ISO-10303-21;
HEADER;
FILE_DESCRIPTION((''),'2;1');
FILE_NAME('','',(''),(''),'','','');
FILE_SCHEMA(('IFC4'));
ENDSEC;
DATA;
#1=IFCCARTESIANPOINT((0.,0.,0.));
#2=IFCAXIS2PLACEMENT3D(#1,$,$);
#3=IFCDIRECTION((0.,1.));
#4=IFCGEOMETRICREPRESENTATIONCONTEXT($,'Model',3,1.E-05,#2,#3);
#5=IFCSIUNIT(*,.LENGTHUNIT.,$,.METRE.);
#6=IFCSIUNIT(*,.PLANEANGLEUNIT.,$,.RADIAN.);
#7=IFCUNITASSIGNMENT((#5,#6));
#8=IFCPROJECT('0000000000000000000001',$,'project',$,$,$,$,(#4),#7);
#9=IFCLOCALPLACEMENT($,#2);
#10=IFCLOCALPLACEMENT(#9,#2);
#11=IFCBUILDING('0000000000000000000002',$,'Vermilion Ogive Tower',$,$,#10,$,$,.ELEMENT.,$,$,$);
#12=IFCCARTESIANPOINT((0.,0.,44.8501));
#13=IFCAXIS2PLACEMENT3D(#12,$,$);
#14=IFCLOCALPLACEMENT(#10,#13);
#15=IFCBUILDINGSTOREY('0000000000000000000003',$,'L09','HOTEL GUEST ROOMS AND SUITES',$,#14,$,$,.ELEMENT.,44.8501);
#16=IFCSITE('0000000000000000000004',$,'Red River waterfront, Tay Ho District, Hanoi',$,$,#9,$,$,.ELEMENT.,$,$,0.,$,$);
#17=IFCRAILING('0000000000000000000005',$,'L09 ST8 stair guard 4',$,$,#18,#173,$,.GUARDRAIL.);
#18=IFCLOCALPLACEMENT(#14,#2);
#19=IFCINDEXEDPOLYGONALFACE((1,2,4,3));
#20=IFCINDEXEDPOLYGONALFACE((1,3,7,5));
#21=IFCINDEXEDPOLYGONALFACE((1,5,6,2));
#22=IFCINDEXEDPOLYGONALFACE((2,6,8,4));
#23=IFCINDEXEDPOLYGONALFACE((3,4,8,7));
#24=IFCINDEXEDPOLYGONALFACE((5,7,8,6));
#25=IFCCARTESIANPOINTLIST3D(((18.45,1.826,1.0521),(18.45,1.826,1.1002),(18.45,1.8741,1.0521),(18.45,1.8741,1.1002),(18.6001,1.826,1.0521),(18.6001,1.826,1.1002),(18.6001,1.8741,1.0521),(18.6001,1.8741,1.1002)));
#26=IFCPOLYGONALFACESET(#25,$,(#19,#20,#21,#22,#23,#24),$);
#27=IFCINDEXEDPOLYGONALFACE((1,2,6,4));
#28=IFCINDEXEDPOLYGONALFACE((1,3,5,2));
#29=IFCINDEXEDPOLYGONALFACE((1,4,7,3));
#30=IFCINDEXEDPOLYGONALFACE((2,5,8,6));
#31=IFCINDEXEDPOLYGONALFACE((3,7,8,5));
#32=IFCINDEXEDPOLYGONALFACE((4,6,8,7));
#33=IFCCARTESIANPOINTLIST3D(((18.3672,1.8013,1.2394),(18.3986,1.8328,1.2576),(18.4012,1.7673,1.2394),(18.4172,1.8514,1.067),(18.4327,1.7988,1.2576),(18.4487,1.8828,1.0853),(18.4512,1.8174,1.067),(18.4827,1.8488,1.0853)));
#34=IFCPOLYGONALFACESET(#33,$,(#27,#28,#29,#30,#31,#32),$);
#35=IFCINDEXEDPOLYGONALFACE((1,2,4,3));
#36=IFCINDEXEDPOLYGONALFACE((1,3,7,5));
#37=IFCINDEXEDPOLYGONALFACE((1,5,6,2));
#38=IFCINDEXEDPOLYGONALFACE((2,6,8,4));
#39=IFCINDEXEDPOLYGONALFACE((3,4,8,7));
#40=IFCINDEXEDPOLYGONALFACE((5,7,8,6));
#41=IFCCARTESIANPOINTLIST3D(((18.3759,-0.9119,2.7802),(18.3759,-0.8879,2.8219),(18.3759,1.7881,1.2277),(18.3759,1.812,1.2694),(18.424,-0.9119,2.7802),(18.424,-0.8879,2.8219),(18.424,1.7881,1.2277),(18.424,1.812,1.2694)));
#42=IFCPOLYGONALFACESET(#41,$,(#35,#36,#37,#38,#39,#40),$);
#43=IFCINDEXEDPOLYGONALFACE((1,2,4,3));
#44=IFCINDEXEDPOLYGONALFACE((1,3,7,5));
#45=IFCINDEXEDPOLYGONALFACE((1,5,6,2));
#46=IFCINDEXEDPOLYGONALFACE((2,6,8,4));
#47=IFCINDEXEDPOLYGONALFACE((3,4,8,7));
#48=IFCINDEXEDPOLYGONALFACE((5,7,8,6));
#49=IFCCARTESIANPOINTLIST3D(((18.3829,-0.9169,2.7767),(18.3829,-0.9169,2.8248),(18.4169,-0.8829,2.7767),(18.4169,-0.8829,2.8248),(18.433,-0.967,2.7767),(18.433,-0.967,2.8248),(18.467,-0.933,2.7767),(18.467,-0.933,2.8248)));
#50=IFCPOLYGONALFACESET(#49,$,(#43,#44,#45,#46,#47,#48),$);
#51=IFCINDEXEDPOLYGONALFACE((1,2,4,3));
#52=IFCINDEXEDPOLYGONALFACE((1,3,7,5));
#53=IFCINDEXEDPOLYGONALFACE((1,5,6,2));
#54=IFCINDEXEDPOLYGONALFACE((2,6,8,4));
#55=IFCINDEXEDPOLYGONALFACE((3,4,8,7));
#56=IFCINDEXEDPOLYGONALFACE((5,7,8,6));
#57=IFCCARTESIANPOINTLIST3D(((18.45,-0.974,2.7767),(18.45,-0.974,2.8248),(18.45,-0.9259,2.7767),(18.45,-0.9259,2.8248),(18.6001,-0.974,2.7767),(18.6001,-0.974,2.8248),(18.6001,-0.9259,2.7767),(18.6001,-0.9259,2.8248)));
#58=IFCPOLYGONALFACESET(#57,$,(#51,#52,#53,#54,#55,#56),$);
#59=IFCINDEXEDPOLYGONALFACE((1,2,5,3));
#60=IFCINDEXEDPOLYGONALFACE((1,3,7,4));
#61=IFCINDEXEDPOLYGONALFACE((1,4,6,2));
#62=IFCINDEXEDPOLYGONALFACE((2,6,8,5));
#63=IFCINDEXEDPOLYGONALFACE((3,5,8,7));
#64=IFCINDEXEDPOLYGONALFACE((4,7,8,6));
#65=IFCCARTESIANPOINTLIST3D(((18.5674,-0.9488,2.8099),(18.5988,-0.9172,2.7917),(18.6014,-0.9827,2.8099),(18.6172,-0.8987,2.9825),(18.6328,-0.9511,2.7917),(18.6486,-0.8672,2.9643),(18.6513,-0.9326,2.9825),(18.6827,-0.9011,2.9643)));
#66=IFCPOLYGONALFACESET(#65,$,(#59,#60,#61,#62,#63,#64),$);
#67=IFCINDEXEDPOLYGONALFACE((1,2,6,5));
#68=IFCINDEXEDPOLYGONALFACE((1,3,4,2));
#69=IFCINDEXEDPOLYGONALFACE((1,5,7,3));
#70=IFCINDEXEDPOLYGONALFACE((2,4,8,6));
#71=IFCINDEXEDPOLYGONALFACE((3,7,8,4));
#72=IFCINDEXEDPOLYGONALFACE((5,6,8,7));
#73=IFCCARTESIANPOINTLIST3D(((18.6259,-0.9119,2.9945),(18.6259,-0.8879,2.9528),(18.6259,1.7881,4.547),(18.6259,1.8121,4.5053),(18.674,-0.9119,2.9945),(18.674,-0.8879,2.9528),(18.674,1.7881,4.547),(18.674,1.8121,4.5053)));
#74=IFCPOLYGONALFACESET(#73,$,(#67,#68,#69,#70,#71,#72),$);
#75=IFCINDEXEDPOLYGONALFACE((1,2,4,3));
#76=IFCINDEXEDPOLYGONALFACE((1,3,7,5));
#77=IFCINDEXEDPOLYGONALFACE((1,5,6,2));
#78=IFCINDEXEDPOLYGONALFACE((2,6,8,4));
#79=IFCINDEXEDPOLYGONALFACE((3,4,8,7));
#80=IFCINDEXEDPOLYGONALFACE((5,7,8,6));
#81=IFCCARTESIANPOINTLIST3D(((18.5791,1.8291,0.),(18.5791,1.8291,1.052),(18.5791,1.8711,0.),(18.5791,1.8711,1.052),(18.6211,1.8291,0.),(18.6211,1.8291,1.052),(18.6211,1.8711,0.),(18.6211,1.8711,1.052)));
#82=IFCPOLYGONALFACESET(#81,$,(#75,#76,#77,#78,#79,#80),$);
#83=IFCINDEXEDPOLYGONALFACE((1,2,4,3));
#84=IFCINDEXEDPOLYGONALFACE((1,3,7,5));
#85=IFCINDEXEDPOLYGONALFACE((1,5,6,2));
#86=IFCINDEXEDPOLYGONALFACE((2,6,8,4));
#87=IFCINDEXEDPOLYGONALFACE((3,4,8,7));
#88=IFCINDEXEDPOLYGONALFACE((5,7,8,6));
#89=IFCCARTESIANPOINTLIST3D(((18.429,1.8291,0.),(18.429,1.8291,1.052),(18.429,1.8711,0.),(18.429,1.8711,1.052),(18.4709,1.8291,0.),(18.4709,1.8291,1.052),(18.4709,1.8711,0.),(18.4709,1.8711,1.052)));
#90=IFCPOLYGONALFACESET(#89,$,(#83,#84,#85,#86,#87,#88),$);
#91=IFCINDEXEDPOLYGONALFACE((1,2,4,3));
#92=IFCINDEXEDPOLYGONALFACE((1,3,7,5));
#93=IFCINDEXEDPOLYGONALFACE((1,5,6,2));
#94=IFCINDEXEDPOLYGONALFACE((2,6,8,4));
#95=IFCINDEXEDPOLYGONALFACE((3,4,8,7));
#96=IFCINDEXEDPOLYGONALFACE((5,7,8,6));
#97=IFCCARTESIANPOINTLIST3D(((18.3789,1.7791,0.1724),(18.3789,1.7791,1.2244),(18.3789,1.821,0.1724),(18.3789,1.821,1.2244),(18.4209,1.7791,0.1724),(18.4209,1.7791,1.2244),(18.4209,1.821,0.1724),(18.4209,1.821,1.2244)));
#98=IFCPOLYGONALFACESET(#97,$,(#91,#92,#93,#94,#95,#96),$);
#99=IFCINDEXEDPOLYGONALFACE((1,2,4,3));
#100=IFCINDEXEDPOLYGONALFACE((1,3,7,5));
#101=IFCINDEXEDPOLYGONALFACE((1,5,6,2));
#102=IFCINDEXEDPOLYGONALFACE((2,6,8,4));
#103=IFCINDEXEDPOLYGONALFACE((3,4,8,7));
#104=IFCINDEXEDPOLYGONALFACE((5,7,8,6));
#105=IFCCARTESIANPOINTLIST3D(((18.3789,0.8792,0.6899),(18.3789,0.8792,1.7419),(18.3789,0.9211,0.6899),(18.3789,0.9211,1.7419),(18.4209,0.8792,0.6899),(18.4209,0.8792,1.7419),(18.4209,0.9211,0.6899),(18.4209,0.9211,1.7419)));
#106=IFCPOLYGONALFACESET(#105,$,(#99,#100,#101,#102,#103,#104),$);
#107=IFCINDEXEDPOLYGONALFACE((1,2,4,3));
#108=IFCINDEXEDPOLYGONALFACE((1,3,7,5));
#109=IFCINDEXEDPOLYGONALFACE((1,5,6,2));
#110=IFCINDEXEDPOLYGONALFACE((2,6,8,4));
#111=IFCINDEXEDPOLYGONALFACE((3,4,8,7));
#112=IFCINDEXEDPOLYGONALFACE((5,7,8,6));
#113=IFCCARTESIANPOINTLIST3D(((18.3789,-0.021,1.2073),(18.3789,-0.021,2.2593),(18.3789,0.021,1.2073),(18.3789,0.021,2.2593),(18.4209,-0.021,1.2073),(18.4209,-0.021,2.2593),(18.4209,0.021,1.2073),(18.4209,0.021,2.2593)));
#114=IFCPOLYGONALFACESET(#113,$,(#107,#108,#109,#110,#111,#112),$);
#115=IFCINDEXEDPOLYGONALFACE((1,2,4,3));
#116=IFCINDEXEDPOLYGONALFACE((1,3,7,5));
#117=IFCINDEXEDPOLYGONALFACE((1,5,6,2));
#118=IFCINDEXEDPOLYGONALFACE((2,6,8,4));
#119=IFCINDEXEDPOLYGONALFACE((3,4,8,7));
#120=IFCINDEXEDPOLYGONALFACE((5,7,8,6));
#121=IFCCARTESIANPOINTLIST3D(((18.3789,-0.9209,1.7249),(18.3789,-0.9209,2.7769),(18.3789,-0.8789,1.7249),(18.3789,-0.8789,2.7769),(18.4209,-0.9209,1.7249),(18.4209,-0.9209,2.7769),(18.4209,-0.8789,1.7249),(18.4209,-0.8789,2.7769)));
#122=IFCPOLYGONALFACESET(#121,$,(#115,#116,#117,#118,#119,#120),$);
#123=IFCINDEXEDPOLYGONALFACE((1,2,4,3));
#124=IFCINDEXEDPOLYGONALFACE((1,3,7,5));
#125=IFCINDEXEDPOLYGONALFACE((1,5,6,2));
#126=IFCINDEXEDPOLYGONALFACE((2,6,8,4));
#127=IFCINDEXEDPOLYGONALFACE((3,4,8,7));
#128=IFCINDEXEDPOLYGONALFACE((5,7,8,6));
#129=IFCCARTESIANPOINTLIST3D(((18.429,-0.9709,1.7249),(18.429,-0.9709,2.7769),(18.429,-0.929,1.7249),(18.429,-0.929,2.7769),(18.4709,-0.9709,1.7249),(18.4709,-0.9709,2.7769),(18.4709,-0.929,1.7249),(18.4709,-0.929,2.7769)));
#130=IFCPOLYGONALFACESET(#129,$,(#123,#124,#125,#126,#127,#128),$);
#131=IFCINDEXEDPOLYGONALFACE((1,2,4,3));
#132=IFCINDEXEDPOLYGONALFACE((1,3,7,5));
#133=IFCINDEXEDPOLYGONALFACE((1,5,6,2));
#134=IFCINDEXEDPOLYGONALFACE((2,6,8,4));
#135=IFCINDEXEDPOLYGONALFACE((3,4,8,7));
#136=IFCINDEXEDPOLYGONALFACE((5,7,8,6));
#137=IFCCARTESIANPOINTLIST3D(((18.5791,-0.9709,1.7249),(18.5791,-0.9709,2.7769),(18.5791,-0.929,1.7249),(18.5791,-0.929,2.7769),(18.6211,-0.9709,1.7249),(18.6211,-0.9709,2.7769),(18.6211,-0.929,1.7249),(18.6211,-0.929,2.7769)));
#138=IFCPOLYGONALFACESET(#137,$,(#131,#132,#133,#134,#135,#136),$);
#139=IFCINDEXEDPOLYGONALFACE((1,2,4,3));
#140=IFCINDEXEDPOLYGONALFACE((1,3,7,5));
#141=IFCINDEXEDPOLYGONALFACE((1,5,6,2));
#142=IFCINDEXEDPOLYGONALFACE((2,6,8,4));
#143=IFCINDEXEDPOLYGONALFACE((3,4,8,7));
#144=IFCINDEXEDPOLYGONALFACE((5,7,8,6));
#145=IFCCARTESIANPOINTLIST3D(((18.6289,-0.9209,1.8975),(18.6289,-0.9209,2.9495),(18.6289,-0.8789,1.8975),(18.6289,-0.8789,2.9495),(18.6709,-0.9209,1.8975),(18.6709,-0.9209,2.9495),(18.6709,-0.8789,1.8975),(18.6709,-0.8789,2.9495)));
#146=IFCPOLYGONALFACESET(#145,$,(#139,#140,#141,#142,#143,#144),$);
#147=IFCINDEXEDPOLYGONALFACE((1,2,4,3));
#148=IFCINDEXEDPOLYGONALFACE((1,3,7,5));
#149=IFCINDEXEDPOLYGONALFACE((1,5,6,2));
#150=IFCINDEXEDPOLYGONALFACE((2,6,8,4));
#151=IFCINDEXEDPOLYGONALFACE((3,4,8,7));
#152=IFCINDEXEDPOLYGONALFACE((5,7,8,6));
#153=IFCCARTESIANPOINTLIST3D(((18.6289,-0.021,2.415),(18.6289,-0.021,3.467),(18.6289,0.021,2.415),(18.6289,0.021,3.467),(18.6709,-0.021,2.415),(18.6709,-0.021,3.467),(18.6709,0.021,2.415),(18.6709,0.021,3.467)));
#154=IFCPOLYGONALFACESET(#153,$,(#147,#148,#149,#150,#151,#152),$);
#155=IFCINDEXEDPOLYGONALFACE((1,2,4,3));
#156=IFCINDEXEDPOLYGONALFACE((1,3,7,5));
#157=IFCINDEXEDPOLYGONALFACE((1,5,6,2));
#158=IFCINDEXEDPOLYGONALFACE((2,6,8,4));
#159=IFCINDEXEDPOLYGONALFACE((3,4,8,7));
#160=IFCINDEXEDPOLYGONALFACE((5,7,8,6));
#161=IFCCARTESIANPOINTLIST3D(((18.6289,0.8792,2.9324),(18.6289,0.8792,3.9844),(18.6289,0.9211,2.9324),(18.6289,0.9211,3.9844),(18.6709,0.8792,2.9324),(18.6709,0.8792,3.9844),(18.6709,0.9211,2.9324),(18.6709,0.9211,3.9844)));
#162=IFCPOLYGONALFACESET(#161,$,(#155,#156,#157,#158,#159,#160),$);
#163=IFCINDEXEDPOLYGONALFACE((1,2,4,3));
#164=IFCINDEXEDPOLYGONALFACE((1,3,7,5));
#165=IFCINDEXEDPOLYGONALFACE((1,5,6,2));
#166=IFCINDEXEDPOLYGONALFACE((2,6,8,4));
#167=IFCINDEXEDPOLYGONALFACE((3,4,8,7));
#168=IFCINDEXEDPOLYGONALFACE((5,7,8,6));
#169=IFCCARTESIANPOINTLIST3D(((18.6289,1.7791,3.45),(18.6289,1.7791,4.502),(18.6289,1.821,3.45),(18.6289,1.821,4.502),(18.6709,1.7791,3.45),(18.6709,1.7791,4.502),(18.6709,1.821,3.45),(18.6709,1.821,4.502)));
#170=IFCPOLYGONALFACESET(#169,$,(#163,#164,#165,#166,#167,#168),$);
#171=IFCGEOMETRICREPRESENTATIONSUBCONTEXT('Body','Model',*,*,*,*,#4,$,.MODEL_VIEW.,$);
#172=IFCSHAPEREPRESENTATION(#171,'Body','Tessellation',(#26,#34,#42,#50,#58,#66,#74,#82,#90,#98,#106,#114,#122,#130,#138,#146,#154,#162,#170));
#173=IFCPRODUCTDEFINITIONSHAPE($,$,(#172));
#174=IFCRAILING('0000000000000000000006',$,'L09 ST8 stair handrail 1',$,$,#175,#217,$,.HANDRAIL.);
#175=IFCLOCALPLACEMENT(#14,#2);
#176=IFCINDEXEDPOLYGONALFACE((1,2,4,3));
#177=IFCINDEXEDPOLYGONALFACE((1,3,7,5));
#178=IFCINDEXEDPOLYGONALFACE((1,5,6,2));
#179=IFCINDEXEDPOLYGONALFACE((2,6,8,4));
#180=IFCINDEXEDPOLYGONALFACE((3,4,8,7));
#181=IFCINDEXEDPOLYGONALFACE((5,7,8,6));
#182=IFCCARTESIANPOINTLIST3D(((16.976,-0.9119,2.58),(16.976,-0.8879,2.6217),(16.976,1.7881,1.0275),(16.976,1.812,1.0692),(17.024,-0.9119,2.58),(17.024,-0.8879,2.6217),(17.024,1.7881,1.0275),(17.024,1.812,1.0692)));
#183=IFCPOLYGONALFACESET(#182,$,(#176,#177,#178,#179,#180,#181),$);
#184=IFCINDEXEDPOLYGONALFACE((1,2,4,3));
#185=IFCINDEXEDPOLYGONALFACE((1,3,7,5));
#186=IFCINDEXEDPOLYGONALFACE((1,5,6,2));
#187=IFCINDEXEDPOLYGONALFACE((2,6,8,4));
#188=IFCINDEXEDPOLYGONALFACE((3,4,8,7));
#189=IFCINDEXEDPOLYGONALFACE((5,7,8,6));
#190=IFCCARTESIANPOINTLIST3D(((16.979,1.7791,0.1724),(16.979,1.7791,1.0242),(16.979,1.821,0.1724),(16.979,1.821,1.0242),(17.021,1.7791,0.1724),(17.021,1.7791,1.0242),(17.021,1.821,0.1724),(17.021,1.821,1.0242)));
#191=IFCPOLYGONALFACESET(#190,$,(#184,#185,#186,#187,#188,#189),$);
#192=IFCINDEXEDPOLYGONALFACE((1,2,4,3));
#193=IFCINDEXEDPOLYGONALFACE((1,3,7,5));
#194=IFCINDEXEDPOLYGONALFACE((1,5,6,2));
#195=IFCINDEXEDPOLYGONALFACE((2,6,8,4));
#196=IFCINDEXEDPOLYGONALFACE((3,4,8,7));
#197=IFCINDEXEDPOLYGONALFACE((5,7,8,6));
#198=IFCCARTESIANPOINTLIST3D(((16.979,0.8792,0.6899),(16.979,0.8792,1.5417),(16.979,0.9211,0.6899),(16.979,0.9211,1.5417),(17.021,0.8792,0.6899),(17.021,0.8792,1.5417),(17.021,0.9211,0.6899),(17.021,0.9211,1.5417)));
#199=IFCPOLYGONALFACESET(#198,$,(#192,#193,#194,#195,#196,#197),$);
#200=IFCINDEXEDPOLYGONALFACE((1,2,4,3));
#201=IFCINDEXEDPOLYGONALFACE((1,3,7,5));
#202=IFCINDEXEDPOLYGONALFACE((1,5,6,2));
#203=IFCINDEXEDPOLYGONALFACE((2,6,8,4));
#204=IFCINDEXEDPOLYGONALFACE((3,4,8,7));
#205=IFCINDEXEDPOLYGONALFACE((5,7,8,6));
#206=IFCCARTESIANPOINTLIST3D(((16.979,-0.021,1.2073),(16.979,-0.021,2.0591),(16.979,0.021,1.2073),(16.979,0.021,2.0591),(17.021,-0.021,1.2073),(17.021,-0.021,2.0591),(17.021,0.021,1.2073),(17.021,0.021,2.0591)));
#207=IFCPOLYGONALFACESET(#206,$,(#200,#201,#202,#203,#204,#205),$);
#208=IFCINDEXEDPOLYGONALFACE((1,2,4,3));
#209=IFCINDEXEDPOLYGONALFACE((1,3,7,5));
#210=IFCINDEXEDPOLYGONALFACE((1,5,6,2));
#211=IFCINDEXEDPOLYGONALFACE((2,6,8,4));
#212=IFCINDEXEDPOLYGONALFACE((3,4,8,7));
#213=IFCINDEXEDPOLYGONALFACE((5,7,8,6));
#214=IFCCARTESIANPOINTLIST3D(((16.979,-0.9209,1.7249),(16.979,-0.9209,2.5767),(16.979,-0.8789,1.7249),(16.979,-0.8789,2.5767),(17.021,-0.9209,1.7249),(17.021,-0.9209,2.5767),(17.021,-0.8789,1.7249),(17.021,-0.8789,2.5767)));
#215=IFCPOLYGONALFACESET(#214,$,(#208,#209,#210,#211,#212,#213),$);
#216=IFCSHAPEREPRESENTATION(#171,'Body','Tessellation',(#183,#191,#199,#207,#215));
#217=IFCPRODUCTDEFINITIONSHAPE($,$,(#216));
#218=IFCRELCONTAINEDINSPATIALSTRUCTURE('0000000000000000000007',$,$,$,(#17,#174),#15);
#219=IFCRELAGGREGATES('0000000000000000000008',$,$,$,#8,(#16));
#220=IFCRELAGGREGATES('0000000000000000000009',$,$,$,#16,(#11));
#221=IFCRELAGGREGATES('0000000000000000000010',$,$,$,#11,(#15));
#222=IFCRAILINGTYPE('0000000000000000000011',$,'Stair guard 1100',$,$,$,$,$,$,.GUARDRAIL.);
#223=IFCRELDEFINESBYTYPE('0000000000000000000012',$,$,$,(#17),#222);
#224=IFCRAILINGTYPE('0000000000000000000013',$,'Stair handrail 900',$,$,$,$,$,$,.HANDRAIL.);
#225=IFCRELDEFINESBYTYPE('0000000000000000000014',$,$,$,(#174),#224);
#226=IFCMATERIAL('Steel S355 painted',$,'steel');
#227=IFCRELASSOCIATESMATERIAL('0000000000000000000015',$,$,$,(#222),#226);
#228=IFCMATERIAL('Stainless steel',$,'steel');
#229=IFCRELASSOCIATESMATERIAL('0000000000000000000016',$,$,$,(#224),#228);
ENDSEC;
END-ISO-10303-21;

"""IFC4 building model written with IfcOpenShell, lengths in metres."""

from ifc_helpers import new_model, si_unit, direction, frame, origin, origin_2d, place, context, subcontext, project, spatial, rectangle, extrude, material, type_object, element, save


model = new_model("IFC4")

# Units and contexts
model_context = context("Model", 3, precision=1e-05, world=origin(), true_north=direction((0.0, 1.0)))
body_context = subcontext(model_context, "Body", "Model", "MODEL_VIEW")
ifc_project = project(units=[si_unit("LENGTHUNIT", "METRE"), si_unit("PLANEANGLEUNIT", "RADIAN")], contexts=[model_context])

# Site, building, storey
site_placement = place(None, origin())
site = spatial("IfcSite", under=ifc_project, at=site_placement, Name="Red River waterfront, Tay Ho District, Hanoi", CompositionType="ELEMENT", RefElevation=0.0)
building_placement = place(site_placement, origin())
building = spatial("IfcBuilding", under=site, at=building_placement, Name="Vermilion Ogive Tower", CompositionType="ELEMENT")
storey_placement = place(building_placement, frame((0.0, 0.0, 44.8501)))
storey = spatial("IfcBuildingStorey", under=building, at=storey_placement, Name="L09", Description="HOTEL GUEST ROOMS AND SUITES", CompositionType="ELEMENT", Elevation=44.8501)

# Railings
ifc_material_1 = material(Name="Steel S355 painted", Category="steel")
railing_type_1 = type_object("IfcRailingType", Name="Stair guard 1100", PredefinedType="GUARDRAIL", material=ifc_material_1)
railing_1_placement = place(storey_placement, frame((18.6001, 1.8501, 0.0)))
element("IfcRailing", 1, at=railing_1_placement, inside=storey, type_object=railing_type_1, Name="L09 ST8 stair guard 4", PredefinedType="GUARDRAIL", context=body_context, shape_type="SweptSolid", body=[
    extrude(rectangle(XDim=0.0481, YDim=0.0481, at=origin_2d()), frame((0.0, 0.0, 1.0762), z_axis=(-1.0, 0.0, 0.0), x_axis=(0.0, -1.0, 0.0)), (0.0, 0.0, 1.0), 0.1501),
    extrude(rectangle(XDim=0.0481, YDim=0.0481, at=origin_2d()), frame((-0.1501, 0.0, 1.0762), z_axis=(-0.268603, -0.268603, 0.925043), x_axis=(0.707107, -0.707107, 0.0)), (0.0, 0.0, 1.0), 0.1863),
    extrude(rectangle(XDim=0.0481, YDim=0.0481, at=origin_2d()), frame((-0.2002, -0.05, 1.2485), z_axis=(0.0, -0.866904, 0.498476), x_axis=(1.0, 0.0, 0.0)), (0.0, 0.0, 1.0), 3.1145),
    extrude(rectangle(XDim=0.0481, YDim=0.0481, at=origin_2d()), frame((-0.2002, -2.75, 2.8008), z_axis=(0.707107, -0.707107, 0.0), x_axis=(0.707107, 0.707107, 0.0)), (0.0, 0.0, 1.0), 0.0708),
    extrude(rectangle(XDim=0.0481, YDim=0.0481, at=origin_2d()), frame((-0.1501, -2.8, 2.8008), z_axis=(1.0, 0.0, 0.0), x_axis=(0.0, 1.0, 0.0)), (0.0, 0.0, 1.0), 0.1501),
    extrude(rectangle(XDim=0.0481, YDim=0.0481, at=origin_2d()), frame((0.0, -2.8, 2.8008), z_axis=(0.267063, 0.268372, 0.925556), x_axis=(-0.708834, 0.705376, 0.0)), (0.0, 0.0, 1.0), 0.1865),
    extrude(rectangle(XDim=0.0481, YDim=0.0481, at=origin_2d()), frame((0.0498, -2.75, 2.9736), z_axis=(0.0, 0.866904, 0.498476), x_axis=(-1.0, 0.0, 0.0)), (0.0, 0.0, 1.0), 3.1145),
    extrude(rectangle(XDim=0.042, YDim=0.042, at=origin_2d()), origin(), (0.0, 0.0, 1.0), 1.052),
    extrude(rectangle(XDim=0.042, YDim=0.042, at=origin_2d()), frame((-0.1501, 0.0, 0.0)), (0.0, 0.0, 1.0), 1.052),
    extrude(rectangle(XDim=0.042, YDim=0.042, at=origin_2d()), frame((-0.2002, -0.05, 0.1724)), (0.0, 0.0, 1.0), 1.052),
    extrude(rectangle(XDim=0.042, YDim=0.042, at=origin_2d()), frame((-0.2002, -0.95, 0.6899)), (0.0, 0.0, 1.0), 1.052),
    extrude(rectangle(XDim=0.042, YDim=0.042, at=origin_2d()), frame((-0.2002, -1.8501, 1.2073)), (0.0, 0.0, 1.0), 1.052),
    extrude(rectangle(XDim=0.042, YDim=0.042, at=origin_2d()), frame((-0.2002, -2.75, 1.7249)), (0.0, 0.0, 1.0), 1.052),
    extrude(rectangle(XDim=0.042, YDim=0.042, at=origin_2d()), frame((-0.1501, -2.8, 1.7249)), (0.0, 0.0, 1.0), 1.052),
    extrude(rectangle(XDim=0.042, YDim=0.042, at=origin_2d()), frame((0.0, -2.8, 1.7249)), (0.0, 0.0, 1.0), 1.052),
    extrude(rectangle(XDim=0.042, YDim=0.042, at=origin_2d()), frame((0.0498, -2.75, 1.8975)), (0.0, 0.0, 1.0), 1.052),
    extrude(rectangle(XDim=0.042, YDim=0.042, at=origin_2d()), frame((0.0498, -1.8501, 2.415)), (0.0, 0.0, 1.0), 1.052),
    extrude(rectangle(XDim=0.042, YDim=0.042, at=origin_2d()), frame((0.0498, -0.95, 2.9324)), (0.0, 0.0, 1.0), 1.052),
    extrude(rectangle(XDim=0.042, YDim=0.042, at=origin_2d()), frame((0.0498, -0.05, 3.45)), (0.0, 0.0, 1.0), 1.052),
])
ifc_material_2 = material(Name="Stainless steel", Category="steel")
railing_type_2 = type_object("IfcRailingType", Name="Stair handrail 900", PredefinedType="HANDRAIL", material=ifc_material_2)
railing_2_placement = place(storey_placement, frame((17.0, 1.8, 0.1724)))
element("IfcRailing", 2, at=railing_2_placement, inside=storey, type_object=railing_type_2, Name="L09 ST8 stair handrail 1", PredefinedType="HANDRAIL", context=body_context, shape_type="SweptSolid", body=[
    extrude(rectangle(XDim=0.0481, YDim=0.0481, at=origin_2d()), frame((0.0, 0.0, 0.876), z_axis=(0.0, -0.866904, 0.498476), x_axis=(1.0, 0.0, 0.0)), (0.0, 0.0, 1.0), 3.1145),
    extrude(rectangle(XDim=0.042, YDim=0.042, at=origin_2d()), origin(), (0.0, 0.0, 1.0), 0.8518),
    extrude(rectangle(XDim=0.042, YDim=0.042, at=origin_2d()), frame((0.0, -0.8999, 0.5176)), (0.0, 0.0, 1.0), 0.8518),
    extrude(rectangle(XDim=0.042, YDim=0.042, at=origin_2d()), frame((0.0, -1.8, 1.0349)), (0.0, 0.0, 1.0), 0.8518),
    extrude(rectangle(XDim=0.042, YDim=0.042, at=origin_2d()), frame((0.0, -2.7, 1.5525)), (0.0, 0.0, 1.0), 0.8518),
])

save(model, "model.ifc")
